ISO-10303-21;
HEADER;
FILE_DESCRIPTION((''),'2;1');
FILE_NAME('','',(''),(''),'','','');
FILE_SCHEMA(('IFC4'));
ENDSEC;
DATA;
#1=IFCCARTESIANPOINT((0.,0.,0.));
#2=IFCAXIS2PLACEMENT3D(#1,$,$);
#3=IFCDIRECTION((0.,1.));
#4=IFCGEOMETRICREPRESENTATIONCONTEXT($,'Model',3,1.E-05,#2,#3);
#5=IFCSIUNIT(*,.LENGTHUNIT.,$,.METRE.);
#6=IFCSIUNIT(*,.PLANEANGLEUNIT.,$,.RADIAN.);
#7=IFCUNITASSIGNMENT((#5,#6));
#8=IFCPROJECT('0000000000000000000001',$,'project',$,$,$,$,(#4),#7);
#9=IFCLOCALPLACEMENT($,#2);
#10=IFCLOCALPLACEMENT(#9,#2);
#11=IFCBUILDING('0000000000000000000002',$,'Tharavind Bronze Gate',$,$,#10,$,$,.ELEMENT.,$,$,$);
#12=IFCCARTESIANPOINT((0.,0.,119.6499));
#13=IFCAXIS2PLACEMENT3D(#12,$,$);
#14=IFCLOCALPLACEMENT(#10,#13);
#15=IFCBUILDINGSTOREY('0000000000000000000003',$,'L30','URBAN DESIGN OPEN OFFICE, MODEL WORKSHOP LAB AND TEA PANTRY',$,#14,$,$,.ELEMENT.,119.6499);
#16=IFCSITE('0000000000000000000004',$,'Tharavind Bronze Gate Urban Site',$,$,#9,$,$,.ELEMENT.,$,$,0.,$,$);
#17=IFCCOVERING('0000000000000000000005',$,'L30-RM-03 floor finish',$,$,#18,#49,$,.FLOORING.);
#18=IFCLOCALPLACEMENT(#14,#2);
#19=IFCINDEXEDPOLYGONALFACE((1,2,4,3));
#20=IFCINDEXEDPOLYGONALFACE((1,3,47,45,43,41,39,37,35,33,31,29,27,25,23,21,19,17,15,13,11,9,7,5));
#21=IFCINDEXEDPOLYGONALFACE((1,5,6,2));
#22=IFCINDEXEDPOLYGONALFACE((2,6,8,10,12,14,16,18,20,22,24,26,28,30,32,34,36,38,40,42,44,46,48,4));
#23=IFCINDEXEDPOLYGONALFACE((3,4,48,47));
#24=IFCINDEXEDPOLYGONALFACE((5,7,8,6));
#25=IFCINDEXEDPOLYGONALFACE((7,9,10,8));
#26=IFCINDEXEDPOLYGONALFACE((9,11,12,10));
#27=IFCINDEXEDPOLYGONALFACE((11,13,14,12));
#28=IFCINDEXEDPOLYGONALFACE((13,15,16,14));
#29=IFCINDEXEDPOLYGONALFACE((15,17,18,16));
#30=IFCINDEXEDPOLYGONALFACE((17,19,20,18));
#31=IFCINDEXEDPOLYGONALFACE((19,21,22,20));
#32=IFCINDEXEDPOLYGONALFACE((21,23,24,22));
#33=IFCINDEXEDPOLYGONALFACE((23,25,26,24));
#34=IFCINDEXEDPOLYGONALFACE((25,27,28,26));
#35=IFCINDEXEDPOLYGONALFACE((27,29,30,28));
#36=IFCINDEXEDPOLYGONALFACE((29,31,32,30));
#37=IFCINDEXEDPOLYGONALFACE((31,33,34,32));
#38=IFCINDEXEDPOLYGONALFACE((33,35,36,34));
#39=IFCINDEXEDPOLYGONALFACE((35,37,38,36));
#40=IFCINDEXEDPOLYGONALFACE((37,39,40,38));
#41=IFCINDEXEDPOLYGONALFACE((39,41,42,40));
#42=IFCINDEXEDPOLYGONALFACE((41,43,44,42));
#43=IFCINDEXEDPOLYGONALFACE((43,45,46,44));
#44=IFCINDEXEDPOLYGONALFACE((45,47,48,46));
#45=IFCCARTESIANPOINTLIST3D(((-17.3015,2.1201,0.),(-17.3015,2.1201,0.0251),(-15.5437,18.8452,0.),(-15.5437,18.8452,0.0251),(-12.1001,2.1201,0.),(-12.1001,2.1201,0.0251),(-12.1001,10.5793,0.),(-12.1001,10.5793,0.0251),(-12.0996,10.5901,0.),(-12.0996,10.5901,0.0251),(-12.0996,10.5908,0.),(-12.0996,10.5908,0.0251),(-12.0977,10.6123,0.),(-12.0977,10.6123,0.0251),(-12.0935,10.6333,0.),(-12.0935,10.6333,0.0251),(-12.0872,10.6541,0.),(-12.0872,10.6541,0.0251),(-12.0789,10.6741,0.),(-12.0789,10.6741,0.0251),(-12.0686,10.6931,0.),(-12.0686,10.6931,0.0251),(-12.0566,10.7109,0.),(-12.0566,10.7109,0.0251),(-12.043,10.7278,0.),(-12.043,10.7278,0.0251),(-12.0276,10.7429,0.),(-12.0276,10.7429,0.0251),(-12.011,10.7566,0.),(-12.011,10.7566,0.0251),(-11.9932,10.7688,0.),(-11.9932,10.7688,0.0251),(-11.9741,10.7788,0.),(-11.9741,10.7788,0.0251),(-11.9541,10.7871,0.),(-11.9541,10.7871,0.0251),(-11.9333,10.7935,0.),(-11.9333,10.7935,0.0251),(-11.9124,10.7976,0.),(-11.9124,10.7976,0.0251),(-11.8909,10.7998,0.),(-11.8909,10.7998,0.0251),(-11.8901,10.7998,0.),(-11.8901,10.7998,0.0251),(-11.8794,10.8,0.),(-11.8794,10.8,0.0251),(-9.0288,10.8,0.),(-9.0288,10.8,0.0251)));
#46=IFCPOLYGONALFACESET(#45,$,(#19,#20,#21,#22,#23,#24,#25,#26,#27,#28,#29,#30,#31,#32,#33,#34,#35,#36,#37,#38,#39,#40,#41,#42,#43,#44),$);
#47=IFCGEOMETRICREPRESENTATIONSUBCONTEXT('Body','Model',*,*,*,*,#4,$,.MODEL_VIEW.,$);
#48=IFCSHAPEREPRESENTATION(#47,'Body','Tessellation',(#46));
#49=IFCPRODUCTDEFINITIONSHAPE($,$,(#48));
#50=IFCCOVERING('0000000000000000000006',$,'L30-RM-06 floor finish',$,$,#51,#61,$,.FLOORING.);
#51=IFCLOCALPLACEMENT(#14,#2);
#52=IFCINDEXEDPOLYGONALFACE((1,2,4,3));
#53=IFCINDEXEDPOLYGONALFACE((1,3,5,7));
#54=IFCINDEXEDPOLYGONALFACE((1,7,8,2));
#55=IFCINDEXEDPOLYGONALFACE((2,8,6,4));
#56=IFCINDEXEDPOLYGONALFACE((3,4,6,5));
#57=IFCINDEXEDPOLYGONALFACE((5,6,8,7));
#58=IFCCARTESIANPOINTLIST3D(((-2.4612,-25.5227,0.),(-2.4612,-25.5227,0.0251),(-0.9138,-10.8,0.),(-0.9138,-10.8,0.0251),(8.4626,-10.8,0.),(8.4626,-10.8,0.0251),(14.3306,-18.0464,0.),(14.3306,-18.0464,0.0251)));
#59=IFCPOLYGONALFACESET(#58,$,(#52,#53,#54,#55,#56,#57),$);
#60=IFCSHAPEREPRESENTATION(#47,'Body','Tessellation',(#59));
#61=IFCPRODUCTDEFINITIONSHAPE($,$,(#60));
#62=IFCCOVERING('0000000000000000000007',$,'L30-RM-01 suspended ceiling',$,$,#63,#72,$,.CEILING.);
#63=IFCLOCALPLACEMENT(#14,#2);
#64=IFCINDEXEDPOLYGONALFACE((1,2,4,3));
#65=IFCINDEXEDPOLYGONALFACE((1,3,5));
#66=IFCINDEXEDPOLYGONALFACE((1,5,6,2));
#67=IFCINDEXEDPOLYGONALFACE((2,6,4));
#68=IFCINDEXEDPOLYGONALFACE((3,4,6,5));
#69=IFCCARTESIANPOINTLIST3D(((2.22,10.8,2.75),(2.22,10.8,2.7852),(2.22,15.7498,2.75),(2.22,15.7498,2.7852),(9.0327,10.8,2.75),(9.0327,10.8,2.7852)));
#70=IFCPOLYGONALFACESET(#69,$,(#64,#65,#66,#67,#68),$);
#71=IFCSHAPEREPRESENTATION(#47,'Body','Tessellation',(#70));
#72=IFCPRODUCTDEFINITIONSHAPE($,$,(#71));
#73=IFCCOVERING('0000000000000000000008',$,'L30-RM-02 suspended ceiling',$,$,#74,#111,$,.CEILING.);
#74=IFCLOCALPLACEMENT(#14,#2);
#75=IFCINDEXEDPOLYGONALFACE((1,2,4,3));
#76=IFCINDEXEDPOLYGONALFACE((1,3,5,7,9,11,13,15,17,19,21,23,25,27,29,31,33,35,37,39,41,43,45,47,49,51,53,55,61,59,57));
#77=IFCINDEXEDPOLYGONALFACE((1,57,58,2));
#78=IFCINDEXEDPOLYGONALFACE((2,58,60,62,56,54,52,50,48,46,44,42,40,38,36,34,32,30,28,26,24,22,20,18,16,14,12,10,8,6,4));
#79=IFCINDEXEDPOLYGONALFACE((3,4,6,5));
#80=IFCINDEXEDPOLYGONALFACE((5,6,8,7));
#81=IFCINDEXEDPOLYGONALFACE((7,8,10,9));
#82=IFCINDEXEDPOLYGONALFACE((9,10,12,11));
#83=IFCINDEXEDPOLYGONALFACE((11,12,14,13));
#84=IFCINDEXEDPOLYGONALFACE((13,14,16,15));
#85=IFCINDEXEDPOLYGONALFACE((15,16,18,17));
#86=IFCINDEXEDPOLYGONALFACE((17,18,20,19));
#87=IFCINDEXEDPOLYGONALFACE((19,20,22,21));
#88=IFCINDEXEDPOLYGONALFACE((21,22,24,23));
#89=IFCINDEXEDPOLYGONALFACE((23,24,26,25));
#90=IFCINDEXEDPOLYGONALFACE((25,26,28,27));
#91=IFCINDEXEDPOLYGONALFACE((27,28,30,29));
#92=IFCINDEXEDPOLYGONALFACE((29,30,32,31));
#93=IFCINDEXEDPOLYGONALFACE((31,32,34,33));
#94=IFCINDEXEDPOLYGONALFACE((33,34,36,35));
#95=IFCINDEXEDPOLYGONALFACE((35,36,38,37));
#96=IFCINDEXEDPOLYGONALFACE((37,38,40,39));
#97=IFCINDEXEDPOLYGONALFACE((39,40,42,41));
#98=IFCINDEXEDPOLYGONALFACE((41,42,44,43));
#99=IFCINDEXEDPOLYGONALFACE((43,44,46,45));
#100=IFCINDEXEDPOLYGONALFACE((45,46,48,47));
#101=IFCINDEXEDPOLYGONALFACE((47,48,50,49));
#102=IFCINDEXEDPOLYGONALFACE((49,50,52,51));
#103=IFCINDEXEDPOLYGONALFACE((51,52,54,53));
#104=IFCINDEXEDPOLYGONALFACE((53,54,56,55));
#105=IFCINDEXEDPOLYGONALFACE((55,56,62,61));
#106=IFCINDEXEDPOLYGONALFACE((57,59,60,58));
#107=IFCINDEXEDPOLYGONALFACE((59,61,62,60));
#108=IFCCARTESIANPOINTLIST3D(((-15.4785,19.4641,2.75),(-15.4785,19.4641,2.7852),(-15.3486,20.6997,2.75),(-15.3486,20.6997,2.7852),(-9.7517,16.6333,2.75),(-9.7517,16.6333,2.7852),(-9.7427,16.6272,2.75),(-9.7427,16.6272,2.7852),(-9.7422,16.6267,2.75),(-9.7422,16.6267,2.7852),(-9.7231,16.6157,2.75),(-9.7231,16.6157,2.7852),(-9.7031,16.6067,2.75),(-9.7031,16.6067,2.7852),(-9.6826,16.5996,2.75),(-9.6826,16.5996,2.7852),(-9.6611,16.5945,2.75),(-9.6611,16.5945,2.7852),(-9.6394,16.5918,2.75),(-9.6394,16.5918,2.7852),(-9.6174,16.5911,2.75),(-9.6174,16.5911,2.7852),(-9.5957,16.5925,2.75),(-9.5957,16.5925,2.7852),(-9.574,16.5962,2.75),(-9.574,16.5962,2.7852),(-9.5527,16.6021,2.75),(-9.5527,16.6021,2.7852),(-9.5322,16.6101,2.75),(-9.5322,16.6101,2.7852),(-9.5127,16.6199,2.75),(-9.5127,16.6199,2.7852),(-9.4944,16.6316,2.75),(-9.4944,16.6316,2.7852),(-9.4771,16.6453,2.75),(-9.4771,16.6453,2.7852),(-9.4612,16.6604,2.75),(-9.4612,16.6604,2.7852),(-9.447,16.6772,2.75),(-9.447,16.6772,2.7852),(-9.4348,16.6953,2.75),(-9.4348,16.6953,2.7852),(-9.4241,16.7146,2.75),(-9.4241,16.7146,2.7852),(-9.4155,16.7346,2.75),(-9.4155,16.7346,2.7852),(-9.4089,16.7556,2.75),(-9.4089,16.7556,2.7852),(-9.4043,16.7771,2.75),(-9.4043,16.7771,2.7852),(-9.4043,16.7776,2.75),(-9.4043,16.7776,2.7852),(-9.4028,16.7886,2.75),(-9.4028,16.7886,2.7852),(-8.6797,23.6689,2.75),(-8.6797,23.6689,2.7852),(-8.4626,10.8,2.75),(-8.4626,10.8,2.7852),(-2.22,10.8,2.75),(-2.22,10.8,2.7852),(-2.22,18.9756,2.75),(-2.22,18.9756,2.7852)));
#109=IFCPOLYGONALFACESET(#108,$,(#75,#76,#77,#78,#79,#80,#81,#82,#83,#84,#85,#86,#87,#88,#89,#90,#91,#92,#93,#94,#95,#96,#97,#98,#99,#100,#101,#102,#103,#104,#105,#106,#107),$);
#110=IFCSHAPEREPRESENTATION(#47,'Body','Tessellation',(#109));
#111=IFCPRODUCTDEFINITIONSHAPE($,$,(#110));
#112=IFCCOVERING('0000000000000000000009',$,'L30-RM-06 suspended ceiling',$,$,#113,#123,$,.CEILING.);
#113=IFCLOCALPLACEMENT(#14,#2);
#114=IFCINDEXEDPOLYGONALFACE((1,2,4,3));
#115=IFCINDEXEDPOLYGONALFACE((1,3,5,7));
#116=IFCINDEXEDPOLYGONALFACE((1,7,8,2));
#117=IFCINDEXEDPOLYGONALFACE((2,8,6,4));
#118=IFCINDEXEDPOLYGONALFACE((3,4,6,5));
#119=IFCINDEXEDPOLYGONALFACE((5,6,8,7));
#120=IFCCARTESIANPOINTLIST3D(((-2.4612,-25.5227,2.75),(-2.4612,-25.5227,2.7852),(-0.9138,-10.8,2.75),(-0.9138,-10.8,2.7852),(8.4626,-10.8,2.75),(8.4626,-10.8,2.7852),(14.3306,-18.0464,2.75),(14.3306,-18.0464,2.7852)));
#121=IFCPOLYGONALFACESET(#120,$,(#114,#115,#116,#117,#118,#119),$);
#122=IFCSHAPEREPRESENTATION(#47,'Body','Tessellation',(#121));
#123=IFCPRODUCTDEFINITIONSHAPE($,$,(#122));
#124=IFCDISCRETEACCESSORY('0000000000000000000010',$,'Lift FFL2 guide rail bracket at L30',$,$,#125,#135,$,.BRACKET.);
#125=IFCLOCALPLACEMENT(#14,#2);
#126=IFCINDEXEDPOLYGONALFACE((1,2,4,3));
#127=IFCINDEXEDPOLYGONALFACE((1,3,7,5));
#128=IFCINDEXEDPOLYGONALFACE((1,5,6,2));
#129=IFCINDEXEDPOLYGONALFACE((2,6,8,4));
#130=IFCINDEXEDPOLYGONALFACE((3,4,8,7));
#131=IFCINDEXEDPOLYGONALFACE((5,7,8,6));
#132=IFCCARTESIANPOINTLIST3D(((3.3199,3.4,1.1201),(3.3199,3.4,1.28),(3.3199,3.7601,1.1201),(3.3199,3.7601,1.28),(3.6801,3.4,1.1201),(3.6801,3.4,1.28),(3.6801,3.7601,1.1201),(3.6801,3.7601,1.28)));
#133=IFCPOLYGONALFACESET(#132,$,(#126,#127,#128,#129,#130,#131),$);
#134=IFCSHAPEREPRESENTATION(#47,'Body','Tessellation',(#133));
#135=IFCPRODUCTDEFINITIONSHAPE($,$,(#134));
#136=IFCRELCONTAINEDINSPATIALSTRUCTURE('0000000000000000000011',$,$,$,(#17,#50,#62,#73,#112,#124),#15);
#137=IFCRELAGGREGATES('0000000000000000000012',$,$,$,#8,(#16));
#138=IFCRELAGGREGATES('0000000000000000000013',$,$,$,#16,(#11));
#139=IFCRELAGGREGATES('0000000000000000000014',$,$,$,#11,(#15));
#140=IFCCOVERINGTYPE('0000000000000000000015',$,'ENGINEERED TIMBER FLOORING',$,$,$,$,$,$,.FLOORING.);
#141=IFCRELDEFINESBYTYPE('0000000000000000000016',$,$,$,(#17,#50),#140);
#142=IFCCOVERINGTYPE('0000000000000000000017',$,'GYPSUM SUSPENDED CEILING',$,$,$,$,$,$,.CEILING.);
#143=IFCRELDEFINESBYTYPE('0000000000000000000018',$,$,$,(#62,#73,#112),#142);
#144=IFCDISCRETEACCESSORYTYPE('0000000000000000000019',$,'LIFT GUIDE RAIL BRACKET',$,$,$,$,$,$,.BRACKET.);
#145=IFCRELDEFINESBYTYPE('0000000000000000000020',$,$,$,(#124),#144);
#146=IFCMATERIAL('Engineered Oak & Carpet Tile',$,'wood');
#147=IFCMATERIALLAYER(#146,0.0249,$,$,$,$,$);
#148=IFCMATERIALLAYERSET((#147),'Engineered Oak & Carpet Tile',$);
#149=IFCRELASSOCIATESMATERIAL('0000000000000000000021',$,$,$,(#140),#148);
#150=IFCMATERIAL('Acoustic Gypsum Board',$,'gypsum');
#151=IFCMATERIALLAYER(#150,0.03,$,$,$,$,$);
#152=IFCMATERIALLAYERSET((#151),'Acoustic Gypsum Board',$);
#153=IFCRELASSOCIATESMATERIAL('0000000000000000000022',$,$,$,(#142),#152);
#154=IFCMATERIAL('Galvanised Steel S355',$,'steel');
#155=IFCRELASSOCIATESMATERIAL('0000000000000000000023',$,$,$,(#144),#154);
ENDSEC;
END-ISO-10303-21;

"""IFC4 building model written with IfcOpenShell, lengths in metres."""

from ifc_helpers import new_model, si_unit, direction, frame, origin, origin_2d, place, context, subcontext, project, spatial, polyline, rectangle, outline, extrude, material, layer, layer_set, type_object, element, save


model = new_model("IFC4")

# Units and contexts
model_context = context("Model", 3, precision=1e-05, world=origin(), true_north=direction((0.0, 1.0)))
body_context = subcontext(model_context, "Body", "Model", "MODEL_VIEW")
ifc_project = project(units=[si_unit("LENGTHUNIT", "METRE"), si_unit("PLANEANGLEUNIT", "RADIAN")], contexts=[model_context])

# Site, building, storey
site_placement = place(None, origin())
site = spatial("IfcSite", under=ifc_project, at=site_placement, Name="Tharavind Bronze Gate Urban Site", CompositionType="ELEMENT", RefElevation=0.0)
building_placement = place(site_placement, origin())
building = spatial("IfcBuilding", under=site, at=building_placement, Name="Tharavind Bronze Gate", CompositionType="ELEMENT")
storey_placement = place(building_placement, frame((0.0, 0.0, 119.6499)))
storey = spatial("IfcBuildingStorey", under=building, at=storey_placement, Name="L30", Description="URBAN DESIGN OPEN OFFICE, MODEL WORKSHOP LAB AND TEA PANTRY", CompositionType="ELEMENT", Elevation=119.6499)

# Coverings
ifc_material_1 = material(Name="Engineered Oak & Carpet Tile", Category="wood")
ifc_layer_1 = layer(ifc_material_1, 0.0249)
ifc_layer_set_1 = layer_set([ifc_layer_1], Name="Engineered Oak & Carpet Tile")
covering_type_1 = type_object("IfcCoveringType", Name="ENGINEERED TIMBER FLOORING", PredefinedType="FLOORING", material=ifc_layer_set_1)
covering_1_placement = place(storey_placement, origin())
element("IfcCovering", 1, at=covering_1_placement, inside=storey, type_object=covering_type_1, Name="L30-RM-03 floor finish", PredefinedType="FLOORING", context=body_context, shape_type="SweptSolid", body=[
    extrude(outline(polyline([(-12.1001, 2.1201), (-12.1001, 10.5793), (-12.0996, 10.5901), (-12.0996, 10.5908), (-12.0977, 10.6123), (-12.0935, 10.6333), (-12.0872, 10.6541), (-12.0789, 10.6741), (-12.0686, 10.6931), (-12.0566, 10.7109), (-12.043, 10.7278), (-12.0276, 10.7429), (-12.011, 10.7566), (-11.9932, 10.7688), (-11.9741, 10.7788), (-11.9541, 10.7871), (-11.9333, 10.7935), (-11.9124, 10.7976), (-11.8909, 10.7998), (-11.8901, 10.7998), (-11.8794, 10.8), (-9.0288, 10.8), (-15.5437, 18.8452), (-17.3015, 2.1201), (-12.1001, 2.1201)])), origin(), (0.0, 0.0, 1.0), 0.0251),
])
covering_2_placement = place(storey_placement, origin())
element("IfcCovering", 2, at=covering_2_placement, inside=storey, type_object=covering_type_1, Name="L30-RM-06 floor finish", PredefinedType="FLOORING", context=body_context, shape_type="SweptSolid", body=[
    extrude(outline(polyline([(14.3306, -18.0464), (8.4626, -10.8), (-0.9138, -10.8), (-2.4612, -25.5227), (14.3306, -18.0464)])), origin(), (0.0, 0.0, 1.0), 0.0251),
])
ifc_material_2 = material(Name="Acoustic Gypsum Board", Category="gypsum")
ifc_layer_2 = layer(ifc_material_2, 0.03)
ifc_layer_set_2 = layer_set([ifc_layer_2], Name="Acoustic Gypsum Board")
covering_type_2 = type_object("IfcCoveringType", Name="GYPSUM SUSPENDED CEILING", PredefinedType="CEILING", material=ifc_layer_set_2)
covering_3_placement = place(storey_placement, frame((0.0, 0.0, 2.75)))
element("IfcCovering", 3, at=covering_3_placement, inside=storey, type_object=covering_type_2, Name="L30-RM-01 suspended ceiling", PredefinedType="CEILING", context=body_context, shape_type="SweptSolid", body=[
    extrude(outline(polyline([(2.22, 10.8), (9.0327, 10.8), (2.22, 15.7498), (2.22, 10.8)])), origin(), (0.0, 0.0, 1.0), 0.0352),
])
covering_4_placement = place(storey_placement, frame((0.0, 0.0, 2.75)))
element("IfcCovering", 4, at=covering_4_placement, inside=storey, type_object=covering_type_2, Name="L30-RM-02 suspended ceiling", PredefinedType="CEILING", context=body_context, shape_type="SweptSolid", body=[
    extrude(outline(polyline([(-15.4785, 19.4641), (-8.4626, 10.8), (-2.22, 10.8), (-2.22, 18.9756), (-8.6797, 23.6689), (-9.4028, 16.7886), (-9.4043, 16.7776), (-9.4043, 16.7771), (-9.4089, 16.7556), (-9.4155, 16.7346), (-9.4241, 16.7146), (-9.4348, 16.6953), (-9.447, 16.6772), (-9.4612, 16.6604), (-9.4771, 16.6453), (-9.4944, 16.6316), (-9.5127, 16.6199), (-9.5322, 16.6101), (-9.5527, 16.6021), (-9.574, 16.5962), (-9.5957, 16.5925), (-9.6174, 16.5911), (-9.6394, 16.5918), (-9.6611, 16.5945), (-9.6826, 16.5996), (-9.7031, 16.6067), (-9.7231, 16.6157), (-9.7422, 16.6267), (-9.7427, 16.6272), (-9.7517, 16.6333), (-15.3486, 20.6997), (-15.4785, 19.4641)])), origin(), (0.0, 0.0, 1.0), 0.0352),
])
covering_5_placement = place(storey_placement, frame((0.0, 0.0, 2.75)))
element("IfcCovering", 5, at=covering_5_placement, inside=storey, type_object=covering_type_2, Name="L30-RM-06 suspended ceiling", PredefinedType="CEILING", context=body_context, shape_type="SweptSolid", body=[
    extrude(outline(polyline([(14.3306, -18.0464), (8.4626, -10.8), (-0.9138, -10.8), (-2.4612, -25.5227), (14.3306, -18.0464)])), origin(), (0.0, 0.0, 1.0), 0.0352),
])

# Discrete accessory
ifc_material_3 = material(Name="Galvanised Steel S355", Category="steel")
discrete_accessory_type = type_object("IfcDiscreteAccessoryType", Name="LIFT GUIDE RAIL BRACKET", PredefinedType="BRACKET", material=ifc_material_3)
discrete_accessory_placement = place(storey_placement, frame((3.5, 3.5801, 1.1201), z_axis=(0.0, 0.0, 1.0), x_axis=(1.0, 0.0, 0.0)))
element("IfcDiscreteAccessory", 6, at=discrete_accessory_placement, inside=storey, type_object=discrete_accessory_type, Name="Lift FFL2 guide rail bracket at L30", PredefinedType="BRACKET", context=body_context, shape_type="SweptSolid", body=[
    extrude(rectangle(XDim=0.3601, YDim=0.3601, at=origin_2d()), origin(), (0.0, 0.0, 1.0), 0.1599),
])

save(model, "model.ifc")
